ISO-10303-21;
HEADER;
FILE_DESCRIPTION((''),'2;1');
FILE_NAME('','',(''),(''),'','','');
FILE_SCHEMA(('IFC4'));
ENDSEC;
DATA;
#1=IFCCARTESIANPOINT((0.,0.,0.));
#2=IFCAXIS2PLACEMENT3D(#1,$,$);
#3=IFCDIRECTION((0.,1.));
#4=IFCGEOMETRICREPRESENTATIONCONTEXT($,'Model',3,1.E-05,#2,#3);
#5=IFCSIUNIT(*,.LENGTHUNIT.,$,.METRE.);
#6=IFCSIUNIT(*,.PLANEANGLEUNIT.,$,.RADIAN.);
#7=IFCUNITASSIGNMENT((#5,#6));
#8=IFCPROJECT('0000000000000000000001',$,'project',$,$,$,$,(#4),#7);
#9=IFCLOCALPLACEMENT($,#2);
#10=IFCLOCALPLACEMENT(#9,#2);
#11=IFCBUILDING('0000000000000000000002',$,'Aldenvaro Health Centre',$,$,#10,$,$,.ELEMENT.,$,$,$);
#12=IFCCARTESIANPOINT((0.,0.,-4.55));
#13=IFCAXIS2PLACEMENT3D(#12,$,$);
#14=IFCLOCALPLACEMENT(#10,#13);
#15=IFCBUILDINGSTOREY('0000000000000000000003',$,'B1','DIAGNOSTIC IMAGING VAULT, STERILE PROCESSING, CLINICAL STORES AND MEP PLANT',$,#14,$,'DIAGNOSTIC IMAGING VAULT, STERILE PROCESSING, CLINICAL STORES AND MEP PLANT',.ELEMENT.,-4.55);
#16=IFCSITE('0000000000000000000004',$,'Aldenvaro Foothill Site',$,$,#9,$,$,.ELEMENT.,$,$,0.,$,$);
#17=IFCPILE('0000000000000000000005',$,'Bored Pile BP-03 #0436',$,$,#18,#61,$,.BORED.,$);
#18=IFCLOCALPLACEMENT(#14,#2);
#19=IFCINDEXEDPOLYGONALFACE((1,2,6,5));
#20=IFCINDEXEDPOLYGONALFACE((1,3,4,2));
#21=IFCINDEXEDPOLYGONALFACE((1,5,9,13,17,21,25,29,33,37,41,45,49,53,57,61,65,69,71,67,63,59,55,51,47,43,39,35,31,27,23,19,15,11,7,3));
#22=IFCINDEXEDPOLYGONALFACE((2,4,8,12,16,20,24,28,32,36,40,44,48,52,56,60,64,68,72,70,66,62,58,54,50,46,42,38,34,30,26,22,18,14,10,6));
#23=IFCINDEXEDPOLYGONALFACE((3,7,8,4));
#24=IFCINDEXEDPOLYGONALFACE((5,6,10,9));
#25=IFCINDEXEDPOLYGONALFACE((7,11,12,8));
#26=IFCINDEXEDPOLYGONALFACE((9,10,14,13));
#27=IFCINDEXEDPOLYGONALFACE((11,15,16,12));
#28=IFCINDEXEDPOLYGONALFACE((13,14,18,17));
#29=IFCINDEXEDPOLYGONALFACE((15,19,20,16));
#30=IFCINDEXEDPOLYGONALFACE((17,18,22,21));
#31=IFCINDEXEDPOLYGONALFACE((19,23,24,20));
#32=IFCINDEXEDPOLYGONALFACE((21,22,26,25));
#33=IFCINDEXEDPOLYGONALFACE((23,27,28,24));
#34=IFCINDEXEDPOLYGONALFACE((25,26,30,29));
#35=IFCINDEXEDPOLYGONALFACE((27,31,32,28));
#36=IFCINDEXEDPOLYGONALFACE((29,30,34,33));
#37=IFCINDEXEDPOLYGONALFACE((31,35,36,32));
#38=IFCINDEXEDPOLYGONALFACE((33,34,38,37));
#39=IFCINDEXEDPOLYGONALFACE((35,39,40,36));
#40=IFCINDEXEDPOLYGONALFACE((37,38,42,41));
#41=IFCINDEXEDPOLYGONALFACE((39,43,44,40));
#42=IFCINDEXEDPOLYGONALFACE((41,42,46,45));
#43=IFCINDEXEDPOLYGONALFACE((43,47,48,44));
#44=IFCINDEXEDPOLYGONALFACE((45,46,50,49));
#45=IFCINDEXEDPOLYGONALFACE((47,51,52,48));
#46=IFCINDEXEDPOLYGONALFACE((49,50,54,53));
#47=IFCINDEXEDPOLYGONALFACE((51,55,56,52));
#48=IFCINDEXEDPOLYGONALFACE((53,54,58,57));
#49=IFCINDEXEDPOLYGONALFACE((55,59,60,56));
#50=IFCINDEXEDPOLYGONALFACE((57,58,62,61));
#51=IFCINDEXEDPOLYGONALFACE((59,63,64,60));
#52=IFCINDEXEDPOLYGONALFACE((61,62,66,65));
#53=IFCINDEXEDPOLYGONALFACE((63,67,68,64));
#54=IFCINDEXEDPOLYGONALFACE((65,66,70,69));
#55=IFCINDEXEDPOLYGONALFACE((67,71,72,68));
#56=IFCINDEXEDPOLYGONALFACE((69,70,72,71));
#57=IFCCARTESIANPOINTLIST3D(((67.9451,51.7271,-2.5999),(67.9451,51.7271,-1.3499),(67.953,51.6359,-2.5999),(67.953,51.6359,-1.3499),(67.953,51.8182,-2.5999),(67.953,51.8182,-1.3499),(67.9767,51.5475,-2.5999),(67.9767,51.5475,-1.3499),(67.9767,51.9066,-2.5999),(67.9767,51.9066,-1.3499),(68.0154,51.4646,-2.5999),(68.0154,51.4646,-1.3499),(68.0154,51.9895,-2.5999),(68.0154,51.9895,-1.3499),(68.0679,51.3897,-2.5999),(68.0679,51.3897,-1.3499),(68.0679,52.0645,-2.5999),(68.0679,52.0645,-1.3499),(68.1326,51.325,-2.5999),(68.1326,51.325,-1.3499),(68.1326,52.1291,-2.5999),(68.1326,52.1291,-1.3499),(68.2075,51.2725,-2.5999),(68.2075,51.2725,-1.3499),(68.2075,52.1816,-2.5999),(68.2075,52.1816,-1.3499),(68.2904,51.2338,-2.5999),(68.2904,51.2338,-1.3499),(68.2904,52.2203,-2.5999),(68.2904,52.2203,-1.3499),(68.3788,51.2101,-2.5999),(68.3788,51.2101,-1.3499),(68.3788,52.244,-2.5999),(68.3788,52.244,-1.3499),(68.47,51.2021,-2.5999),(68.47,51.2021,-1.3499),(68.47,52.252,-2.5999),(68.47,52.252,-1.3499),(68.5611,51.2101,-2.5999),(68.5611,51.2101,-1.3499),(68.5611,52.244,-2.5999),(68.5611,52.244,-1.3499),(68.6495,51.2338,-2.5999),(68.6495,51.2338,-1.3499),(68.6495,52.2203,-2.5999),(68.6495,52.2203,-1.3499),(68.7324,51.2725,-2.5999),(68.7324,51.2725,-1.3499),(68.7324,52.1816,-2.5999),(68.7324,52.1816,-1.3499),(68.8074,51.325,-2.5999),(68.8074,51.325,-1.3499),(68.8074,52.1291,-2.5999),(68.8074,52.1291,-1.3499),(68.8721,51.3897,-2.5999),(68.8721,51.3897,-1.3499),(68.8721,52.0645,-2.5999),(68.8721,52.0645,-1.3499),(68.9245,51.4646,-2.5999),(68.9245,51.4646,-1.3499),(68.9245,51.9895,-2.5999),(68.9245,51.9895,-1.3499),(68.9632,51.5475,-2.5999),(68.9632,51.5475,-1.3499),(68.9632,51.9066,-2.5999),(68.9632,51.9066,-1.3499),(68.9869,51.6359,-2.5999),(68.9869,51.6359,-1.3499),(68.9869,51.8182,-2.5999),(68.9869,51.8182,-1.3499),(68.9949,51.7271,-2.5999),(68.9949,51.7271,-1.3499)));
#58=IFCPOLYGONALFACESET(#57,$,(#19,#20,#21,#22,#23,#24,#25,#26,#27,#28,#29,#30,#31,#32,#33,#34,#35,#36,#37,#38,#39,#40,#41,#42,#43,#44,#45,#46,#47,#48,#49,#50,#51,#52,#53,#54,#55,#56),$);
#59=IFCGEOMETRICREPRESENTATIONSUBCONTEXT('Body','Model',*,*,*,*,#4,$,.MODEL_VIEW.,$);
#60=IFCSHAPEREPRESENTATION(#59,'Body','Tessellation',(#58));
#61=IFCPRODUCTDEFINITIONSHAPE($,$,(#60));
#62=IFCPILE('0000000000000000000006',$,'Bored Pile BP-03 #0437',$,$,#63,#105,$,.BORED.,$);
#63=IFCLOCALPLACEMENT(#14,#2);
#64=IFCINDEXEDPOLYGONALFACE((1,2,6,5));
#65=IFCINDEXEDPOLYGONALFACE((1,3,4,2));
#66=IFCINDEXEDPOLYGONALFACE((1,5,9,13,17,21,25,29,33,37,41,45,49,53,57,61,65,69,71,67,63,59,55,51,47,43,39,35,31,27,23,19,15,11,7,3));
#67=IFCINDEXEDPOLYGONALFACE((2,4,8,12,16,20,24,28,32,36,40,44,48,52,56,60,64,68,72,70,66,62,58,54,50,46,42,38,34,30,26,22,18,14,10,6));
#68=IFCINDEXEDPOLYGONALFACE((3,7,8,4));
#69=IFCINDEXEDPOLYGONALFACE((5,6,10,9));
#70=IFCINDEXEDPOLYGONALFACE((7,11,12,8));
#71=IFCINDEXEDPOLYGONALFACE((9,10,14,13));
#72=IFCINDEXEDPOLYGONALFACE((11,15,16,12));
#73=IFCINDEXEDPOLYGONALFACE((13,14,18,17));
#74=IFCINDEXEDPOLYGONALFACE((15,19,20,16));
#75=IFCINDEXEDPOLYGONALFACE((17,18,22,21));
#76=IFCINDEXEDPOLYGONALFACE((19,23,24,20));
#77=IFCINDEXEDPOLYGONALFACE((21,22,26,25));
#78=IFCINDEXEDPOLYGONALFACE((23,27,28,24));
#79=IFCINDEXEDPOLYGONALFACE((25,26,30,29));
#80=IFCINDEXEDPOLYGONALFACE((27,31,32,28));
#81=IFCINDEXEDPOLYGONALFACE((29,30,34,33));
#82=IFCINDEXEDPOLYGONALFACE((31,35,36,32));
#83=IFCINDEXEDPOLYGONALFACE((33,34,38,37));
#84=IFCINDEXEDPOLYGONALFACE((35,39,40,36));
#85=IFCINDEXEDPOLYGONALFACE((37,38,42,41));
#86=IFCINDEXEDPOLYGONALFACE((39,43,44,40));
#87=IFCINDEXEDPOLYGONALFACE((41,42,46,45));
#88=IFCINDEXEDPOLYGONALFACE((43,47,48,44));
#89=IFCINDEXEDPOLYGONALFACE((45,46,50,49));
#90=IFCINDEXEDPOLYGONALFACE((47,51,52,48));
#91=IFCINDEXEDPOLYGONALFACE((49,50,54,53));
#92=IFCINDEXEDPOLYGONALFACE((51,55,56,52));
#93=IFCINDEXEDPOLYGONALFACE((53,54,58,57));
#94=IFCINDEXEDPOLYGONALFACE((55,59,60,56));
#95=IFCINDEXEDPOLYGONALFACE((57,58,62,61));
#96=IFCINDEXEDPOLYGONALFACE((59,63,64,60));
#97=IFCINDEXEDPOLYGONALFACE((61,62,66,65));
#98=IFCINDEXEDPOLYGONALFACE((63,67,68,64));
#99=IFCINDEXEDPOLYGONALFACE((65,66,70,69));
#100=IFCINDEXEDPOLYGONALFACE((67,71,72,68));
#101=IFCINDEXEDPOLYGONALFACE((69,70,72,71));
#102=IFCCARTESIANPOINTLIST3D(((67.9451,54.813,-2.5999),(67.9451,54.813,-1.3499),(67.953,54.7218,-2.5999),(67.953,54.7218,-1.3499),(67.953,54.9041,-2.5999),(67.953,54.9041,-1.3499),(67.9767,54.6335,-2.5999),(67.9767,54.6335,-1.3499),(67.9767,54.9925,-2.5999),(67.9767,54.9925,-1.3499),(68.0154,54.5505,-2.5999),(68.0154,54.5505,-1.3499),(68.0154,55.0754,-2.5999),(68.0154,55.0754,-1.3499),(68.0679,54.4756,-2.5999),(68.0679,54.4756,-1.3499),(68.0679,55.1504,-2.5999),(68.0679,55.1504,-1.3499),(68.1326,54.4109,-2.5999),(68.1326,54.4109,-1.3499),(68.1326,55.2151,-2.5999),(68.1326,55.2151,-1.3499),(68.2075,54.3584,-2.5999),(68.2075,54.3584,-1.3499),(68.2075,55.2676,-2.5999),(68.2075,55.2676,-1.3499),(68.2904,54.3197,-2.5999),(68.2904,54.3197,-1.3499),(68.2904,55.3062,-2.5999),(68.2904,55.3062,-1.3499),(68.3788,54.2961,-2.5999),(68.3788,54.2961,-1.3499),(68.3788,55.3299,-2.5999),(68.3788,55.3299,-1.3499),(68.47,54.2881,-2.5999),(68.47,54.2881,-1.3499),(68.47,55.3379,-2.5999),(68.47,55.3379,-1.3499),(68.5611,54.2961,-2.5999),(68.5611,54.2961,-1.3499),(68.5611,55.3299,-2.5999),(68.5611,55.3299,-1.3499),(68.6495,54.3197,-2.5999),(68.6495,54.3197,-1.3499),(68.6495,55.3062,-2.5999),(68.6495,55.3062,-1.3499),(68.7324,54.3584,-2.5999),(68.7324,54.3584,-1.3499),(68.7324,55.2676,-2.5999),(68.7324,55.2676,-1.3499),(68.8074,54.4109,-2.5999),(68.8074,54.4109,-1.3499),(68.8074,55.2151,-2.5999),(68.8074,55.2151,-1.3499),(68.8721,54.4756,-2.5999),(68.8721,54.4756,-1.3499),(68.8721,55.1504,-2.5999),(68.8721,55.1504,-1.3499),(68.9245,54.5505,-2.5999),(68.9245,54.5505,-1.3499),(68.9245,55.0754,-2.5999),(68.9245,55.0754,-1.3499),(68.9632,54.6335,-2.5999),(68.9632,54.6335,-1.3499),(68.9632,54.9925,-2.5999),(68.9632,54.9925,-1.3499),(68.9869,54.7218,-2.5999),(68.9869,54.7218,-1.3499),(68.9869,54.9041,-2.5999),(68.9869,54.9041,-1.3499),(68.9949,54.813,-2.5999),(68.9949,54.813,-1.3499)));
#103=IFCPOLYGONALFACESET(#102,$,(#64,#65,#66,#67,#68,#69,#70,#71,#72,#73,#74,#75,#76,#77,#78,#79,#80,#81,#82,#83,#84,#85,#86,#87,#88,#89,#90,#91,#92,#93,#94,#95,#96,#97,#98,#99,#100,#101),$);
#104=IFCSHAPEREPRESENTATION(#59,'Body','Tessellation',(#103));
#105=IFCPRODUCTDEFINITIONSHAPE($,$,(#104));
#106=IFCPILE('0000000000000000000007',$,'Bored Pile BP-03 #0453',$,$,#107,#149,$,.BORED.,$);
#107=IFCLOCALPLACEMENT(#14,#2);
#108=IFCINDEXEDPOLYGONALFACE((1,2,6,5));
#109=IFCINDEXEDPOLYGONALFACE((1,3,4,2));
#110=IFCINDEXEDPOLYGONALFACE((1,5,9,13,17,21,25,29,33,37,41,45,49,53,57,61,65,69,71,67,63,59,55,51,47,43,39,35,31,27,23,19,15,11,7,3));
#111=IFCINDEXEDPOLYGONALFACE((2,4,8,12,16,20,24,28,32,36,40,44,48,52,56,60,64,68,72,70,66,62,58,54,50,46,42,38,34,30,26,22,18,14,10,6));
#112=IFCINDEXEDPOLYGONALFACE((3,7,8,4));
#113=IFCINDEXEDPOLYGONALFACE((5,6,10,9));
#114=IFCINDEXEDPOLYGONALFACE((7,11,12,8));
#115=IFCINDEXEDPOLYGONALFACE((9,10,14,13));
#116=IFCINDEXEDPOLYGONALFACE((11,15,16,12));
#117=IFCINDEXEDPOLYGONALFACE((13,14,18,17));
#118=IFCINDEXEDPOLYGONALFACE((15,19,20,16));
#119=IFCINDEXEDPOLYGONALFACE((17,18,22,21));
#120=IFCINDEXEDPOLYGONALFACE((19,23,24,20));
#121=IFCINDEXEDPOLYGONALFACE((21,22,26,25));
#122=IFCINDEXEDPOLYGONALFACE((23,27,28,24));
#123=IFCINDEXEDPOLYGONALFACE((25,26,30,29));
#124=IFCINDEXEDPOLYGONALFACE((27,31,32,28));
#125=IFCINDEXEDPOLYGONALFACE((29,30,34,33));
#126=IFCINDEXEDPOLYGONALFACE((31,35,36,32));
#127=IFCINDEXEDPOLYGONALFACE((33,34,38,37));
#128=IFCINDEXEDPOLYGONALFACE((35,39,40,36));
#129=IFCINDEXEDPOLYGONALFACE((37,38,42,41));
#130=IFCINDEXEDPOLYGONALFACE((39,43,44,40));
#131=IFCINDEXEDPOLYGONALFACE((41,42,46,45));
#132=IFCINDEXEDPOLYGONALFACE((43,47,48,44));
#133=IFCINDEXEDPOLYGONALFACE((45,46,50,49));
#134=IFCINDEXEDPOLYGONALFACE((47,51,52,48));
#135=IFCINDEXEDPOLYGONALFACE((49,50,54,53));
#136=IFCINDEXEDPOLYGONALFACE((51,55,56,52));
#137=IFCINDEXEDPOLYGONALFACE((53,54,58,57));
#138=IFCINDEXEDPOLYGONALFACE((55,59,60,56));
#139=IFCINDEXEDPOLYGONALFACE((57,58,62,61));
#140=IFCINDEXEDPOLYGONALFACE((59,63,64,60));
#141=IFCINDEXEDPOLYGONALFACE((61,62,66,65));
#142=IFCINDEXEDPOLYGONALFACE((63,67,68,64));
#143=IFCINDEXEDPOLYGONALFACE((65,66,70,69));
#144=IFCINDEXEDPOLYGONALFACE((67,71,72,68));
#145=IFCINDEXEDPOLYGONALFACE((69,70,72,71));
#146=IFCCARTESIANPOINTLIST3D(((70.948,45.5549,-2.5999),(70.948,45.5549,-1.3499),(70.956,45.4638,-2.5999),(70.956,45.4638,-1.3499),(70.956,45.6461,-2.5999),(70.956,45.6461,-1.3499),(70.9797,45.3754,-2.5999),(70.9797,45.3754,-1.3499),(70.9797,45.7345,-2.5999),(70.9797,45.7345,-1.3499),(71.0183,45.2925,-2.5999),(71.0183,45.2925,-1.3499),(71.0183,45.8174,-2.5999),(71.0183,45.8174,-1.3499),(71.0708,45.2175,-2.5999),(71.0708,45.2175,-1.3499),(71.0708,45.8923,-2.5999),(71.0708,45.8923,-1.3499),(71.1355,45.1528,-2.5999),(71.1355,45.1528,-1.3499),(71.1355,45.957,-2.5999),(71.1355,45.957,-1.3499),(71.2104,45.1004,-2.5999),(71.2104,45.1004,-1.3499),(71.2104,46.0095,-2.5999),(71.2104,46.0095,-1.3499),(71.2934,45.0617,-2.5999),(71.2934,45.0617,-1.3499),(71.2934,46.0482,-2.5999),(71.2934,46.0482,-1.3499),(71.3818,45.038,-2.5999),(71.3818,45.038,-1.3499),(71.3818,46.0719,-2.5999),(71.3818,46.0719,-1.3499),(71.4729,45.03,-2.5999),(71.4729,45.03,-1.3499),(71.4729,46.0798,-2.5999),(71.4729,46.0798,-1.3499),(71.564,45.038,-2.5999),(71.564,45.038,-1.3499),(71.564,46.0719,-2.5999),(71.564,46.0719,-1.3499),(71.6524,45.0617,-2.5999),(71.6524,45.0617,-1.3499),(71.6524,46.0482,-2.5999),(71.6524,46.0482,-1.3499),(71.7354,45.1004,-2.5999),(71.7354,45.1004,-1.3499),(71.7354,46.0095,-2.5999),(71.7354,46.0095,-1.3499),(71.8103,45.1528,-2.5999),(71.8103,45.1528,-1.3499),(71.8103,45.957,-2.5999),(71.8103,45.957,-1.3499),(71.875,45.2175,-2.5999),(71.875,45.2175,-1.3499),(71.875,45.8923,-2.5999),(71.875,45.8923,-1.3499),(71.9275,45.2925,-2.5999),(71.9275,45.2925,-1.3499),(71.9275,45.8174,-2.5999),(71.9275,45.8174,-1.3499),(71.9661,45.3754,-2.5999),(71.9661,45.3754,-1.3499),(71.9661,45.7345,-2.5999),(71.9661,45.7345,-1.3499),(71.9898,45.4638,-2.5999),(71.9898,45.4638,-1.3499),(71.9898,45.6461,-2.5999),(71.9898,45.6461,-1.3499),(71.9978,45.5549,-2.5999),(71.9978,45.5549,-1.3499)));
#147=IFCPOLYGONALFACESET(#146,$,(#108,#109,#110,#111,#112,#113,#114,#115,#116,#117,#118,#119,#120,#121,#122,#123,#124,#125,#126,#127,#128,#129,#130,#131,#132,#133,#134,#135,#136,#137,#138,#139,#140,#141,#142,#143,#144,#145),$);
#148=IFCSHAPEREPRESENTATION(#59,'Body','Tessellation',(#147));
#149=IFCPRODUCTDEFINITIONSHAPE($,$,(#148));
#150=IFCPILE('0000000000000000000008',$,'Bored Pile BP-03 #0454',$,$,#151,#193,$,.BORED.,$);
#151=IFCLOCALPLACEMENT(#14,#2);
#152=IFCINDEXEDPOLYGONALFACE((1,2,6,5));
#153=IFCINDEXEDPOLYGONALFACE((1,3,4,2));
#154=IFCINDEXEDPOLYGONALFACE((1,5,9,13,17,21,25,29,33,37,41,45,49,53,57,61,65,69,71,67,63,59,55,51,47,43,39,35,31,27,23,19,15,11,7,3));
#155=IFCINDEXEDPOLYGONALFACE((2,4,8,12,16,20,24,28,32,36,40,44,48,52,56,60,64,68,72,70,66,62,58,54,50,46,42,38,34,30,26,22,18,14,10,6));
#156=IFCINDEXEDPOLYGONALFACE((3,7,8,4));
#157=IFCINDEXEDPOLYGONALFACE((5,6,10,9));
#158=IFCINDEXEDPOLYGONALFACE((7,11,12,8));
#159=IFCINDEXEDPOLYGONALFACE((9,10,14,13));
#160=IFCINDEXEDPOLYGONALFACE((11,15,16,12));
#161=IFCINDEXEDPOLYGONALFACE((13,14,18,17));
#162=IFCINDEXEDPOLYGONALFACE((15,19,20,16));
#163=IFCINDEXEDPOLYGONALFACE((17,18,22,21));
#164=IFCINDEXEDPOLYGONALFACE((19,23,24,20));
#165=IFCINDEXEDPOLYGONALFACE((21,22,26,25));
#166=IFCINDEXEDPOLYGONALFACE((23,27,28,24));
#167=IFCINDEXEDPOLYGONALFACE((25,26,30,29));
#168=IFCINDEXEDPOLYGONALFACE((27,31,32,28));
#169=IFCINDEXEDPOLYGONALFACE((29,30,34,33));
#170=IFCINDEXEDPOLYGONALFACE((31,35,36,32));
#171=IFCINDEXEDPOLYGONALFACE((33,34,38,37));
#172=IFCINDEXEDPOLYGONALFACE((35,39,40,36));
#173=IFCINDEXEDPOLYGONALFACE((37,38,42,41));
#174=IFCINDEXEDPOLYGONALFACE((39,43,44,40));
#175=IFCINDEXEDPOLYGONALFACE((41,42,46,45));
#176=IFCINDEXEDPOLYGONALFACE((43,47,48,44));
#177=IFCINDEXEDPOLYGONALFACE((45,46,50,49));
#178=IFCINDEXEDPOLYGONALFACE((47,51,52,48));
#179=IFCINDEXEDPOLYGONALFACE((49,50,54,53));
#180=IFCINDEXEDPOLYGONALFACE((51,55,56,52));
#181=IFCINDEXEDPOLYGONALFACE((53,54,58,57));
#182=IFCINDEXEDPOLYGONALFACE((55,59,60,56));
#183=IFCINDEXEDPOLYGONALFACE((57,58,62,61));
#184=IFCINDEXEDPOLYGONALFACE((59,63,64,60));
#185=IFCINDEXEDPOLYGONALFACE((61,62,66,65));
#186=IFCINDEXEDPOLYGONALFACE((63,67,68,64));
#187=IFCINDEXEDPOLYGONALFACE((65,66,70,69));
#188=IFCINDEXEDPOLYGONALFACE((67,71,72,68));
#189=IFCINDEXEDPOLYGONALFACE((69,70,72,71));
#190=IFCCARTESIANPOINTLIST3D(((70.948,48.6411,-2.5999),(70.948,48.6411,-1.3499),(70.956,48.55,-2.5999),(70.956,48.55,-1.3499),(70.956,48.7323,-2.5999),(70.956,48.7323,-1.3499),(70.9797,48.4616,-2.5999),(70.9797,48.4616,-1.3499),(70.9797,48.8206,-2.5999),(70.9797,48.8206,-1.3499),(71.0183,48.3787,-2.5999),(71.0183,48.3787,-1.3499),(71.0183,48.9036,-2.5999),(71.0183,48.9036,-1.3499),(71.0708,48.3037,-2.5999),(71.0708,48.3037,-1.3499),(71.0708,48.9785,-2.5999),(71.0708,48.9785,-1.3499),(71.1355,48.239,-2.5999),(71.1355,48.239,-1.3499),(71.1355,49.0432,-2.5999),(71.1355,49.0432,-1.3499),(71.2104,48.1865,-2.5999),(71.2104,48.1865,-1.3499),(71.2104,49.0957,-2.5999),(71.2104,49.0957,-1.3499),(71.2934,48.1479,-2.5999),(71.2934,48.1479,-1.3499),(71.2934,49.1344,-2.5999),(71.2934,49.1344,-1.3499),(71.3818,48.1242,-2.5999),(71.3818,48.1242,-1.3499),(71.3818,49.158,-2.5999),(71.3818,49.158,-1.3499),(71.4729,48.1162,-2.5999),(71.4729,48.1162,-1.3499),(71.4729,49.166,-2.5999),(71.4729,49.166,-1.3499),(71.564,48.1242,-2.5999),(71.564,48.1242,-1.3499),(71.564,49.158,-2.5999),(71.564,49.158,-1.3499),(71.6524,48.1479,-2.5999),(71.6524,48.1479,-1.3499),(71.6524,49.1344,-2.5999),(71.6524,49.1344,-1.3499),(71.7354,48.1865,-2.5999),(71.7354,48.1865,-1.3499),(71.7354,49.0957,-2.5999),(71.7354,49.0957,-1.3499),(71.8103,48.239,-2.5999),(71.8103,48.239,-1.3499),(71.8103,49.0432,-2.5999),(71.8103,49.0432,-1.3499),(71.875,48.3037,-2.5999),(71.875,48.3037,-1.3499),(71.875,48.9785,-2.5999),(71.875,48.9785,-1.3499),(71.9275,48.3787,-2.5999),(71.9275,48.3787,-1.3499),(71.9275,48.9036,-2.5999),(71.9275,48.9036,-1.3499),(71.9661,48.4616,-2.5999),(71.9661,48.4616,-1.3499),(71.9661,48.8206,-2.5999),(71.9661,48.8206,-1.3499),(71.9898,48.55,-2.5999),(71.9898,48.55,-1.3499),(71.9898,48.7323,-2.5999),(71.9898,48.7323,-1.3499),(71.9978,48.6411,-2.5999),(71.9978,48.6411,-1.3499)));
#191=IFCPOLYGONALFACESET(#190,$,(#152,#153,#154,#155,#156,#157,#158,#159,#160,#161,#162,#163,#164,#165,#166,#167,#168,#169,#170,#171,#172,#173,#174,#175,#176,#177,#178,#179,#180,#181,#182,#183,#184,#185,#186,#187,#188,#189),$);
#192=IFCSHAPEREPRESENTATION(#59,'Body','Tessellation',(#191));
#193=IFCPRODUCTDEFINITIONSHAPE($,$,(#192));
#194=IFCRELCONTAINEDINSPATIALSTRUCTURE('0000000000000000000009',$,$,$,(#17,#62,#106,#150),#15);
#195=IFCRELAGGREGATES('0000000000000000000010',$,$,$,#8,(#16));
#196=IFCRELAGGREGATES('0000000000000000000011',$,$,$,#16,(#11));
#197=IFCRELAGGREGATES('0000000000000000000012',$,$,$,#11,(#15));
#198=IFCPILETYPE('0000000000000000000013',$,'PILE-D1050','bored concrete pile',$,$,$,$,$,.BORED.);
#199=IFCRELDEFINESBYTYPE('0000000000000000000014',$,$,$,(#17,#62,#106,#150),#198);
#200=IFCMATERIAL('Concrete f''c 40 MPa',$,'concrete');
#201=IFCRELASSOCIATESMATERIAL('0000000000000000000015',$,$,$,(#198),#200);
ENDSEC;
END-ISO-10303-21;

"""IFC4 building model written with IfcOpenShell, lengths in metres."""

from ifc_helpers import new_model, si_unit, direction, frame, origin, origin_2d, place, context, subcontext, project, spatial, circle, extrude, material, material_profile, profile_set, type_object, element, save


model = new_model("IFC4")

# Units and contexts
model_context = context("Model", 3, precision=1e-05, world=origin(), true_north=direction((0.0, 1.0)))
body_context = subcontext(model_context, "Body", "Model", "MODEL_VIEW")
ifc_project = project(units=[si_unit("LENGTHUNIT", "METRE"), si_unit("PLANEANGLEUNIT", "RADIAN")], contexts=[model_context])

# Site, building, storey
site_placement = place(None, origin())
site = spatial("IfcSite", under=ifc_project, at=site_placement, Name="Aldenvaro Foothill Site", CompositionType="ELEMENT", RefElevation=0.0)
building_placement = place(site_placement, origin())
building = spatial("IfcBuilding", under=site, at=building_placement, Name="Aldenvaro Health Centre", CompositionType="ELEMENT")
storey_placement = place(building_placement, frame((0.0, 0.0, -4.55)))
storey = spatial("IfcBuildingStorey", under=building, at=storey_placement, Name="B1", Description="DIAGNOSTIC IMAGING VAULT, STERILE PROCESSING, CLINICAL STORES AND MEP PLANT", LongName="DIAGNOSTIC IMAGING VAULT, STERILE PROCESSING, CLINICAL STORES AND MEP PLANT", CompositionType="ELEMENT", Elevation=-4.55)

# Piles
ifc_material = material(Name="Concrete f'c 40 MPa", Category="concrete")
ifc_material_profile_1 = material_profile(ifc_material, circle(Radius=0.5249, at=origin_2d()), Name="PILE D1050", Category="concrete")
ifc_profile_set_1 = profile_set([ifc_material_profile_1], Name="Concrete f'c 40 MPa")
pile_type = type_object("IfcPileType", Name="PILE-D1050", Description="bored concrete pile", PredefinedType="BORED", material=ifc_profile_set_1)
for number, where, z_axis, x_axis, name in (
    (1, (68.47, 51.7271, -1.3499), (0.0, 0.0, -1.0), (1.0, 0.0, 0.0), "Bored Pile BP-03 #0436"),
    (2, (68.47, 54.813, -1.3499), (0.0, 0.0, -1.0), (1.0, 0.0, 0.0), "Bored Pile BP-03 #0437"),
    (3, (71.4729, 45.5549, -1.3499), (0.0, 0.0, -1.0), (1.0, 0.0, 0.0), "Bored Pile BP-03 #0453"),
    (4, (71.4729, 48.6411, -1.3499), (0.0, 0.0, -1.0), (1.0, 0.0, 0.0), "Bored Pile BP-03 #0454"),
):
    element("IfcPile", number, at=place(storey_placement, frame(where, z_axis=z_axis, x_axis=x_axis)), inside=storey, type_object=pile_type, Name=name, PredefinedType="BORED", context=body_context, shape_type="SweptSolid", body=[
        extrude(circle(Radius=0.5249, at=origin_2d()), origin(), (0.0, 0.0, 1.0), 1.25),
    ])

save(model, "model.ifc")
